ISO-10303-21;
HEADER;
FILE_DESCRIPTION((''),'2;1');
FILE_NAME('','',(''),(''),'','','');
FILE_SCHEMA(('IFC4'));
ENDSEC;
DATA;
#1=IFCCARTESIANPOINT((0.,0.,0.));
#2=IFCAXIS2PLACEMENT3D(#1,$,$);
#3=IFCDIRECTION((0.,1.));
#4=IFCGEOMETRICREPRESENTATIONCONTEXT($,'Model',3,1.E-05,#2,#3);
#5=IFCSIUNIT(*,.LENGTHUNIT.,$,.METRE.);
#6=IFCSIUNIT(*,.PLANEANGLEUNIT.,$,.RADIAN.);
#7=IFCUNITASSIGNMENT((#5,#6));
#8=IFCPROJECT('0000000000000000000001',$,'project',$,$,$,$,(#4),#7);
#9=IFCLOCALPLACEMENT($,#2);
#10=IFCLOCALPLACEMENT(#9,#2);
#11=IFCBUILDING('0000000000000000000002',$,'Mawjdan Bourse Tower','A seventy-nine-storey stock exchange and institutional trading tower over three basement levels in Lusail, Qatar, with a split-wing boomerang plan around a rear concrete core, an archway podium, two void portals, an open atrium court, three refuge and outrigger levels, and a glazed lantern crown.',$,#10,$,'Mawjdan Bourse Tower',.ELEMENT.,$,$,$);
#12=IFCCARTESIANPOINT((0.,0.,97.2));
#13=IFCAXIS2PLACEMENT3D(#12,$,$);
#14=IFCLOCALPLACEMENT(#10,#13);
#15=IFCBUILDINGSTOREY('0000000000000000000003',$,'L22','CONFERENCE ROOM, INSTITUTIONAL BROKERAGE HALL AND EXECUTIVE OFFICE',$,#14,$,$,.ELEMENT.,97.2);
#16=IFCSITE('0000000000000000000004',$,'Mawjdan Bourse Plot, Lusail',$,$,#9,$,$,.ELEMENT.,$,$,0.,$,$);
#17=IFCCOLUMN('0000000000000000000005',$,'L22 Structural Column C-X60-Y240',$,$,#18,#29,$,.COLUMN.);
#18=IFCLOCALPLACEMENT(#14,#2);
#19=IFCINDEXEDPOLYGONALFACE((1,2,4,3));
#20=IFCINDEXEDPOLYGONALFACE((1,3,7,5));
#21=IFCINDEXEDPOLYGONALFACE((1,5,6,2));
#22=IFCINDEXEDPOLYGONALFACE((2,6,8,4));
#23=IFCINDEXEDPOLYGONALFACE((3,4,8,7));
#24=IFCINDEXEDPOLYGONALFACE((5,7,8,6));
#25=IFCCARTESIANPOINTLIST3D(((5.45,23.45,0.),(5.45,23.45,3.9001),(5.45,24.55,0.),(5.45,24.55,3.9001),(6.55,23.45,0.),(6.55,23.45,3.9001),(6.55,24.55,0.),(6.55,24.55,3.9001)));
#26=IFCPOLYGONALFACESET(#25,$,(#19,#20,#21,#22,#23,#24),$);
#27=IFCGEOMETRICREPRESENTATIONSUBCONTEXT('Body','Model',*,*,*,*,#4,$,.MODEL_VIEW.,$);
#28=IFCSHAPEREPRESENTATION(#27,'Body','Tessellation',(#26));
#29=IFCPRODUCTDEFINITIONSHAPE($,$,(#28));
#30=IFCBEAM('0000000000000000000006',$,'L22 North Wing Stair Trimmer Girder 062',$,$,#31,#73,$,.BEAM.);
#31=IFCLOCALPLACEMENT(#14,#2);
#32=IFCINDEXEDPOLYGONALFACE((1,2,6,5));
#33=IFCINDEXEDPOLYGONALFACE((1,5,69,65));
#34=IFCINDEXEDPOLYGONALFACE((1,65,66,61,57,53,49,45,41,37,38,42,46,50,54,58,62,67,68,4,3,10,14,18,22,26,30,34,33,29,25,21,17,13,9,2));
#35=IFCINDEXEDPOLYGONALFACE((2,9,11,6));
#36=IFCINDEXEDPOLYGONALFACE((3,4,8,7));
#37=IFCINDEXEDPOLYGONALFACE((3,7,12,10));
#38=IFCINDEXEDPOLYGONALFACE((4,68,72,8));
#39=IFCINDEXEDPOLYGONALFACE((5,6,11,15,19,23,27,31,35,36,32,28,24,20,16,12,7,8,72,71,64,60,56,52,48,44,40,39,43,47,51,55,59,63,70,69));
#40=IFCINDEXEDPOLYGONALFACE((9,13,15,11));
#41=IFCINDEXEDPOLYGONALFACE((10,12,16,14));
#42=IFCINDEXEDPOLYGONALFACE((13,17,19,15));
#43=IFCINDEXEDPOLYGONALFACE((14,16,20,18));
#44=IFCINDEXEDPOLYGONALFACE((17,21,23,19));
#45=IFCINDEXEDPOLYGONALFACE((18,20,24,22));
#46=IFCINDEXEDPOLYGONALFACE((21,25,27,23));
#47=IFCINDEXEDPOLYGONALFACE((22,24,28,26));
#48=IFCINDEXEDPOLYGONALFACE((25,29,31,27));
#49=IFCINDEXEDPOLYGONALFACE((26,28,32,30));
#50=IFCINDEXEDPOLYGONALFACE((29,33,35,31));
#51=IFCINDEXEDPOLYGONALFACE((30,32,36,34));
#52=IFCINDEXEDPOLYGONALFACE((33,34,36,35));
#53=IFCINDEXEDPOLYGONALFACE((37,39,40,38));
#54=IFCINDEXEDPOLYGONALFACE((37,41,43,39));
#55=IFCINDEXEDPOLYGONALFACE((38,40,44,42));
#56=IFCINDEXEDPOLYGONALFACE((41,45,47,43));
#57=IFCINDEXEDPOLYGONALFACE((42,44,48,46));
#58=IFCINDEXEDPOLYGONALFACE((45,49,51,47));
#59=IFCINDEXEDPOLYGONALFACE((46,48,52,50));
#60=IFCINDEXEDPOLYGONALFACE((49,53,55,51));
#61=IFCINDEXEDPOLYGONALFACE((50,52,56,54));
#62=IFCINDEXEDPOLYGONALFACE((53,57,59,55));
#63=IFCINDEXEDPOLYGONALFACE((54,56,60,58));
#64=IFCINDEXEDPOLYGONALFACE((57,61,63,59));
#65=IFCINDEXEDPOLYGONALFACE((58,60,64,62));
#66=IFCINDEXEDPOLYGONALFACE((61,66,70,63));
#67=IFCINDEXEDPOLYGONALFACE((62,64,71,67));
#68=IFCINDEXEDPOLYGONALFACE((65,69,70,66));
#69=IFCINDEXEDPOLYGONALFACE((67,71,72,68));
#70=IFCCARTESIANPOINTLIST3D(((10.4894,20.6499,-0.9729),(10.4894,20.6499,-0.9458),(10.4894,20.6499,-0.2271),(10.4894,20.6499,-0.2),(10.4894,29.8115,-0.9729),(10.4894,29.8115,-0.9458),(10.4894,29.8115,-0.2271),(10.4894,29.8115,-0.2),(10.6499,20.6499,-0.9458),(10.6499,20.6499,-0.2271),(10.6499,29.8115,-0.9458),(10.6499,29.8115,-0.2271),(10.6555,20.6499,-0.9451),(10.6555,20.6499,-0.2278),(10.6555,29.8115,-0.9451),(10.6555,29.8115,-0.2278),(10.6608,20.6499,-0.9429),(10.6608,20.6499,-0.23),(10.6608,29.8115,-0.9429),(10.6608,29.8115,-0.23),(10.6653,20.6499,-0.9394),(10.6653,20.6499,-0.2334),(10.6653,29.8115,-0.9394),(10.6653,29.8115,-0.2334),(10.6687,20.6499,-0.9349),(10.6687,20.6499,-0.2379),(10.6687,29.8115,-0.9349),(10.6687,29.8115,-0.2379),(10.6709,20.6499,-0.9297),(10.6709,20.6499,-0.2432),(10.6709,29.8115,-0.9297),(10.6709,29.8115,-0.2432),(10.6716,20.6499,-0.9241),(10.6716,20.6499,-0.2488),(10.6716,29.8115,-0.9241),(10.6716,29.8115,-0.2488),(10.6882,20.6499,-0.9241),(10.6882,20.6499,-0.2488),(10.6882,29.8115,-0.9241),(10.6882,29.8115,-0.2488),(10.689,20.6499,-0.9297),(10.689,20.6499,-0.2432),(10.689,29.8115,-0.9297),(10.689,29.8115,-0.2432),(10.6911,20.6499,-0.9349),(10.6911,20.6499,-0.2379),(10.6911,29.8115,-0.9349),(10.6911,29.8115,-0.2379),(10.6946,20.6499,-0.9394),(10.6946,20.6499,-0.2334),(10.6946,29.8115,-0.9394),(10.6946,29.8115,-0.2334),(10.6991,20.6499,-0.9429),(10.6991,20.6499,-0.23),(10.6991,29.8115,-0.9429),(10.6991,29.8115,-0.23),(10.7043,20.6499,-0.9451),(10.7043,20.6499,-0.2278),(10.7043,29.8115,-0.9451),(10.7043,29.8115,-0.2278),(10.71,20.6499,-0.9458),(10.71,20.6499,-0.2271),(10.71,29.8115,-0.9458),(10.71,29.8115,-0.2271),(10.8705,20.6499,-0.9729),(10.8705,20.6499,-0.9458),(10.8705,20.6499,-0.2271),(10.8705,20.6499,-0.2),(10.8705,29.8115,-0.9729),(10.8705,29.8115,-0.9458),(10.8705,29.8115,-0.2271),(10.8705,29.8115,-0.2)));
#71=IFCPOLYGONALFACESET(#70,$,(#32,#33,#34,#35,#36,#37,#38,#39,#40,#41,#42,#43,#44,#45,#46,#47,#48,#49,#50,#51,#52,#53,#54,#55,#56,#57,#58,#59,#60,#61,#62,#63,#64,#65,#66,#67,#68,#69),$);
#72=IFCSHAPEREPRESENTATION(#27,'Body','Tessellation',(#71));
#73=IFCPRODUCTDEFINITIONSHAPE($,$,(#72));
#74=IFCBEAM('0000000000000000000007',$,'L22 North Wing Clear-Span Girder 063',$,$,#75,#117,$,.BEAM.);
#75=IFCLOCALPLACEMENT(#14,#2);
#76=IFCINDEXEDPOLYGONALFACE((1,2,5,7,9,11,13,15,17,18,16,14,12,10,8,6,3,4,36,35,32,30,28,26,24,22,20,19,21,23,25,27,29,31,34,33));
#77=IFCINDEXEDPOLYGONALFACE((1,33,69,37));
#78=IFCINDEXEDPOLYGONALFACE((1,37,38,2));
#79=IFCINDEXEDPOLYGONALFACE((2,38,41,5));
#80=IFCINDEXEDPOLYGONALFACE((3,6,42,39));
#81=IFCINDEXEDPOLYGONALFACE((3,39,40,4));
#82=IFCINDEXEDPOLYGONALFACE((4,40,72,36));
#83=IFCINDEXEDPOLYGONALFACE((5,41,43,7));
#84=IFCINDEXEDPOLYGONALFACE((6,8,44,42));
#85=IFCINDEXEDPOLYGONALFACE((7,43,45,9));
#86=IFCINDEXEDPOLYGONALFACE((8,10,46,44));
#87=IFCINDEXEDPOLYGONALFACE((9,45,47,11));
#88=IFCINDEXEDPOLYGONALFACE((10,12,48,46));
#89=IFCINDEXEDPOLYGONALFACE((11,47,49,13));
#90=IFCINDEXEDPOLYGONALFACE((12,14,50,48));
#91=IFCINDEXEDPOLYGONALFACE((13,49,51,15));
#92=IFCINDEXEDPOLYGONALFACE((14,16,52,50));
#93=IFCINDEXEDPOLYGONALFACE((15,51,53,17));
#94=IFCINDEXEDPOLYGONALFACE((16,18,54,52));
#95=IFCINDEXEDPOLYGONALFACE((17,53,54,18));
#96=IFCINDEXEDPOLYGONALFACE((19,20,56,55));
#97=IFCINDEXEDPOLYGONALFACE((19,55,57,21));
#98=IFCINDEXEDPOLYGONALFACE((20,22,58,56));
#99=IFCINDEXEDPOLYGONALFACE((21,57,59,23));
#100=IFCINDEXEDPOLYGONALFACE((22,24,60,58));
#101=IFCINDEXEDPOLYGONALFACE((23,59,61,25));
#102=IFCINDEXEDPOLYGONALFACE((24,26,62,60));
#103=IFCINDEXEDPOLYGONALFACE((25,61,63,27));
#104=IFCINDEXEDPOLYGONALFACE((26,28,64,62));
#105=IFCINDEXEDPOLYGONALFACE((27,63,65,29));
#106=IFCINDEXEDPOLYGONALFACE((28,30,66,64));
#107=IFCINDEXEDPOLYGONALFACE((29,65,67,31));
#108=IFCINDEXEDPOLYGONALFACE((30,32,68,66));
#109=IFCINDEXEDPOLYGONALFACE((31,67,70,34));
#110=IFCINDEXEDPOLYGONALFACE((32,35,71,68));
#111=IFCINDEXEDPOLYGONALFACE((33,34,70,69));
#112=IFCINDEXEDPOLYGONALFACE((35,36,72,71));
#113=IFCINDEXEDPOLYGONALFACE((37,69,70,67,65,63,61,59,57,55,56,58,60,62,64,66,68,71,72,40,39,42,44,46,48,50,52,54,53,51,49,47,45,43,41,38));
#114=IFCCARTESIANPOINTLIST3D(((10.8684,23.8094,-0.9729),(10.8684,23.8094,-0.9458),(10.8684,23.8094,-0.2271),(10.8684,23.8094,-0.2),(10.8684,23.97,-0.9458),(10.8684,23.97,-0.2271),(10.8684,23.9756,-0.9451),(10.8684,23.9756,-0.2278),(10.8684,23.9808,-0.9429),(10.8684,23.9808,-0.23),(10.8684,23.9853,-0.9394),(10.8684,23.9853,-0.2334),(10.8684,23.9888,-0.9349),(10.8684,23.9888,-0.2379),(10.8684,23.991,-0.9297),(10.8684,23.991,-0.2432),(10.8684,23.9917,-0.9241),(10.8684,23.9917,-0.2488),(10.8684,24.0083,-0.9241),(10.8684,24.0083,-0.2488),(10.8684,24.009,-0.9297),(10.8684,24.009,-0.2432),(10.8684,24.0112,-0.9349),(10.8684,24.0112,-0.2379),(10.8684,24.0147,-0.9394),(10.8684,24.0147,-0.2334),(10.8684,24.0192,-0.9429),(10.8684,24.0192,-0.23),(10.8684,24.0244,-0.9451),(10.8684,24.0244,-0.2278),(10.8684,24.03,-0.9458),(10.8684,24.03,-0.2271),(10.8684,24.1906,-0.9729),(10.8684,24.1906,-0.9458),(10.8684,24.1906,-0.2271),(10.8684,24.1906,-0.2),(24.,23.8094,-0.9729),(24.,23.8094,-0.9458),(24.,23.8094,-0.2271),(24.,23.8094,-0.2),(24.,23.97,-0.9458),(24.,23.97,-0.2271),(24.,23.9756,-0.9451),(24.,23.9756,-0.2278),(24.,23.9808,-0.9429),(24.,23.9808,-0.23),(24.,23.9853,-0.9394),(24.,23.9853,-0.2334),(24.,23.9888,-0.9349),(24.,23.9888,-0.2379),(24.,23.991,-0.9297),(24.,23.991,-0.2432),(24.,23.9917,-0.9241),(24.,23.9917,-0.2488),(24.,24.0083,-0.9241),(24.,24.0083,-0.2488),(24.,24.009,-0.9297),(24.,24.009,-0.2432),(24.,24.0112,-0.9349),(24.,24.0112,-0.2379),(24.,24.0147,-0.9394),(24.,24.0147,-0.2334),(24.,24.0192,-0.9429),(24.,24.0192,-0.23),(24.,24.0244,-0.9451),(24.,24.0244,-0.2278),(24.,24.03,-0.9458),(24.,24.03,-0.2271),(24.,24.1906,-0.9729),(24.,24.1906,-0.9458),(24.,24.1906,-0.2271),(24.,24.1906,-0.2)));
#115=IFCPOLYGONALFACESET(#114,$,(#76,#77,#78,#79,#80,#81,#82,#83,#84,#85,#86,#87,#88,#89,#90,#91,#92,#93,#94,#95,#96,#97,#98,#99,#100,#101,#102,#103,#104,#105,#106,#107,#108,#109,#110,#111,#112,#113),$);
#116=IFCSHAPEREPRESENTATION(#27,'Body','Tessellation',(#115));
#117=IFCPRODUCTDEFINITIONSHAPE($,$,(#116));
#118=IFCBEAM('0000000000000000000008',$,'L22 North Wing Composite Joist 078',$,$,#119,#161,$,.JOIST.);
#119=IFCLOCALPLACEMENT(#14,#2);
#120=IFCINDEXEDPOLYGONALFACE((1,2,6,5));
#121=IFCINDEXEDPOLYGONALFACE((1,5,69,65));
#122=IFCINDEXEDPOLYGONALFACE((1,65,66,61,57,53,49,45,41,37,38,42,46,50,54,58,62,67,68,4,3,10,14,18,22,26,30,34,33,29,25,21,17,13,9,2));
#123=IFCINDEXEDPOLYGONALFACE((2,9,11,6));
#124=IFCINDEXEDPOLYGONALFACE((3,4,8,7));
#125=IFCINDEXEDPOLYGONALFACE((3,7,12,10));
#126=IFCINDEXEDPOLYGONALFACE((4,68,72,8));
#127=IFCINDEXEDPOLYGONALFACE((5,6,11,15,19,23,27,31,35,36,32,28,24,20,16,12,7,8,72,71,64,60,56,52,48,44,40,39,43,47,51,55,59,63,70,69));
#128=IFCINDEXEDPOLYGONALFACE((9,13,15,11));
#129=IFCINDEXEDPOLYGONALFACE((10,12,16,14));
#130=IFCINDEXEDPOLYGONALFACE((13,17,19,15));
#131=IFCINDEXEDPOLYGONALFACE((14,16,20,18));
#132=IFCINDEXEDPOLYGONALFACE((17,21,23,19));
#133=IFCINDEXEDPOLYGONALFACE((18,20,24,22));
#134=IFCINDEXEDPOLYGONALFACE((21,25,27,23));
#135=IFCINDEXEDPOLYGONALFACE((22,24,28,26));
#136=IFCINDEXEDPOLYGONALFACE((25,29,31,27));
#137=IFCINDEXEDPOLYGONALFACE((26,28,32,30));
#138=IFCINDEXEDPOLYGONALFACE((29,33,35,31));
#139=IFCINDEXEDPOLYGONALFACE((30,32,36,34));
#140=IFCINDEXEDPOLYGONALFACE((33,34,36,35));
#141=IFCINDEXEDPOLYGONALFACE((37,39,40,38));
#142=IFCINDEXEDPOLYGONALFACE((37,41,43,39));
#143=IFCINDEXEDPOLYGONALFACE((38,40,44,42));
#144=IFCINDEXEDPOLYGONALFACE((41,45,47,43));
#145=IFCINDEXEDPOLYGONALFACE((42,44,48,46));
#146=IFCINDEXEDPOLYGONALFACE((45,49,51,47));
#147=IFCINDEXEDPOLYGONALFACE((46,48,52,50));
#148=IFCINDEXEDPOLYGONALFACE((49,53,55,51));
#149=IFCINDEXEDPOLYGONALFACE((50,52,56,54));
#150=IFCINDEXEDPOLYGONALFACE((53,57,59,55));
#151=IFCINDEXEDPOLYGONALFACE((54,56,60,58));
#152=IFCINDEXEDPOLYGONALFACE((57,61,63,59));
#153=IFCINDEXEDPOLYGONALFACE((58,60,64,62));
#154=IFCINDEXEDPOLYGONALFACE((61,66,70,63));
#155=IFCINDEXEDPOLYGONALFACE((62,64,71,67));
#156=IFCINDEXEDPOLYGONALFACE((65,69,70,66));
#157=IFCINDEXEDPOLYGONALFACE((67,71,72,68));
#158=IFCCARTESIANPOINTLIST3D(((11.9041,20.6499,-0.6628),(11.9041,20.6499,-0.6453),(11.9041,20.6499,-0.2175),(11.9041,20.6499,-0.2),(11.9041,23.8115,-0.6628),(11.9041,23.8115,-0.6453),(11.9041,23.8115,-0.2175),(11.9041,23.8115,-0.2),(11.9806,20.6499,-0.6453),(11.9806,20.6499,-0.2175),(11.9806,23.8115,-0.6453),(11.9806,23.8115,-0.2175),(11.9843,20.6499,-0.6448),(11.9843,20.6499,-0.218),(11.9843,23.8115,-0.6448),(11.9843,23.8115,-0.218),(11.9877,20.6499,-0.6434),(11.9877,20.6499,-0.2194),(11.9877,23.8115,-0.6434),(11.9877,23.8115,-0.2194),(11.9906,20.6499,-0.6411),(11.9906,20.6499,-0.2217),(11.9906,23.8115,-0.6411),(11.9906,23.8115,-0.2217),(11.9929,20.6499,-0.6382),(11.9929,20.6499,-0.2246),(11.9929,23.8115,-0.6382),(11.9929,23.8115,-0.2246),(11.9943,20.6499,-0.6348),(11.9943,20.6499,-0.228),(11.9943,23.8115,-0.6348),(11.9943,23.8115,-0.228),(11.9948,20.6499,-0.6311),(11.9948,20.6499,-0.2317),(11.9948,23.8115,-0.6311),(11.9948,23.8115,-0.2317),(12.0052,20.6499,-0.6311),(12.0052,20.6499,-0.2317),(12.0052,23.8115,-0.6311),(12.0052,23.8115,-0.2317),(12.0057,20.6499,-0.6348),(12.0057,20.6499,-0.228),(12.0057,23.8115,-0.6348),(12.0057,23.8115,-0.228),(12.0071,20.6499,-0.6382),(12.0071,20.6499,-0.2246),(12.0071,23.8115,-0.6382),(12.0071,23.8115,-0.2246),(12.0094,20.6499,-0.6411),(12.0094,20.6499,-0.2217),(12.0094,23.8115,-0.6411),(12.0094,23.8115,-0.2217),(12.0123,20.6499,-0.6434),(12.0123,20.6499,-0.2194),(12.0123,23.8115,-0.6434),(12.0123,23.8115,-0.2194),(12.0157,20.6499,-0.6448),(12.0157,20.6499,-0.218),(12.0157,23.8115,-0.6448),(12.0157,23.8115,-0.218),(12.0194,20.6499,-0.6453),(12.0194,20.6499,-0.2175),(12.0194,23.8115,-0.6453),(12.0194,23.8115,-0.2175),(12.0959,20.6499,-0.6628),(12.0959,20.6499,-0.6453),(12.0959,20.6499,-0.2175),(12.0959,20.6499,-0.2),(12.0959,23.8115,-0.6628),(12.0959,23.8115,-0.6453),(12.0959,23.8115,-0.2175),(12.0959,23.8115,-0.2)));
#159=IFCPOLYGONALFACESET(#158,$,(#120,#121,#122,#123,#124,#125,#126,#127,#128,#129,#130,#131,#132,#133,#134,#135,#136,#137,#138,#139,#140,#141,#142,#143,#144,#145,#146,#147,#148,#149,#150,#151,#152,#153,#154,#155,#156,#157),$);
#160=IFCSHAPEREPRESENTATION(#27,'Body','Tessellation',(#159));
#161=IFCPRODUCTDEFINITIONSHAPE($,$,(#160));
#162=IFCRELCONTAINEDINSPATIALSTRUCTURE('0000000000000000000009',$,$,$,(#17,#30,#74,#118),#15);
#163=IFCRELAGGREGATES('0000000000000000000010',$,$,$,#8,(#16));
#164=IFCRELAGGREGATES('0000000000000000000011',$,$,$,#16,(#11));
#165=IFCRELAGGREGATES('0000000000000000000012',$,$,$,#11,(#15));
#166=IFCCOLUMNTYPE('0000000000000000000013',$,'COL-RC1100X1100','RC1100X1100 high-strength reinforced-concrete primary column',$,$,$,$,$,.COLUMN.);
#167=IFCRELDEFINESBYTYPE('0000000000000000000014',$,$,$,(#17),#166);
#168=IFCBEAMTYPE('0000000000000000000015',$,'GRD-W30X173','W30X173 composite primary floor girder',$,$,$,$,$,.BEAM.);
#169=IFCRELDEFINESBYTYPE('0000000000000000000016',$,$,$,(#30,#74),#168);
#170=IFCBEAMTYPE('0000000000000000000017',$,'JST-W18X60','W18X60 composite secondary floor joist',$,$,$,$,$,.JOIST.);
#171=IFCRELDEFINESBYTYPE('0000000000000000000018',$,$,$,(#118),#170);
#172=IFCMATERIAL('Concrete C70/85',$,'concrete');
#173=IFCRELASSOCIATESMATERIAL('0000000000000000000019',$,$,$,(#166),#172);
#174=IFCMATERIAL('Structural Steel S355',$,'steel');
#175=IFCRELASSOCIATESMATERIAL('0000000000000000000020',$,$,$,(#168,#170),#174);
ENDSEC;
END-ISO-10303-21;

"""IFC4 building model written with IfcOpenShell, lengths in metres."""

from ifc_helpers import new_model, si_unit, direction, frame, origin, origin_2d, place, context, subcontext, project, spatial, rectangle, i_section, extrude, material, material_profile, profile_set, type_object, element, save


model = new_model("IFC4")

# Units and contexts
model_context = context("Model", 3, precision=1e-05, world=origin(), true_north=direction((0.0, 1.0)))
body_context = subcontext(model_context, "Body", "Model", "MODEL_VIEW")
ifc_project = project(units=[si_unit("LENGTHUNIT", "METRE"), si_unit("PLANEANGLEUNIT", "RADIAN")], contexts=[model_context])

# Site, building, storey
site_placement = place(None, origin())
site = spatial("IfcSite", under=ifc_project, at=site_placement, Name="Mawjdan Bourse Plot, Lusail", CompositionType="ELEMENT", RefElevation=0.0)
building_placement = place(site_placement, origin())
building = spatial("IfcBuilding", under=site, at=building_placement, Name="Mawjdan Bourse Tower", Description="A seventy-nine-storey stock exchange and institutional trading tower over three basement levels in Lusail, Qatar, with a split-wing boomerang plan around a rear concrete core, an archway podium, two void portals, an open atrium court, three refuge and outrigger levels, and a glazed lantern crown.", LongName="Mawjdan Bourse Tower", CompositionType="ELEMENT")
storey_placement = place(building_placement, frame((0.0, 0.0, 97.2)))
storey = spatial("IfcBuildingStorey", under=building, at=storey_placement, Name="L22", Description="CONFERENCE ROOM, INSTITUTIONAL BROKERAGE HALL AND EXECUTIVE OFFICE", CompositionType="ELEMENT", Elevation=97.2)

# Column
ifc_material_1 = material(Name="Concrete C70/85", Category="concrete")
ifc_material_profile_1 = material_profile(ifc_material_1, rectangle(XDim=1.1001, YDim=1.1001, at=origin_2d()), Name="RC1100X1100")
ifc_profile_set_1 = profile_set([ifc_material_profile_1], Name="Concrete C70/85")
column_type = type_object("IfcColumnType", Name="COL-RC1100X1100", Description="RC1100X1100 high-strength reinforced-concrete primary column", PredefinedType="COLUMN", material=ifc_profile_set_1)
column_placement = place(storey_placement, frame((6.0, 24.0, 0.0), z_axis=(0.0, 0.0, 1.0), x_axis=(1.0, 0.0, 0.0)))
element("IfcColumn", 1, at=column_placement, inside=storey, type_object=column_type, Name="L22 Structural Column C-X60-Y240", PredefinedType="COLUMN", context=body_context, shape_type="SweptSolid", body=[
    extrude(rectangle(XDim=1.1001, YDim=1.1001, at=origin_2d()), origin(), (0.0, 0.0, 1.0), 3.9001),
])

# Beams
ifc_material_2 = material(Name="Structural Steel S355", Category="steel")
ifc_material_profile_2 = material_profile(ifc_material_2, i_section(OverallWidth=0.3811, OverallDepth=0.7729, WebThickness=0.0166, FlangeThickness=0.0271, FilletRadius=0.0217, at=origin_2d()), Name="W30X173")
ifc_profile_set_2 = profile_set([ifc_material_profile_2], Name="Structural Steel S355")
beam_type_1 = type_object("IfcBeamType", Name="GRD-W30X173", Description="W30X173 composite primary floor girder", PredefinedType="BEAM", material=ifc_profile_set_2)
beam_1_placement = place(storey_placement, frame((10.6799, 20.6499, -0.5864), z_axis=(0.0, 1.0, 0.0), x_axis=(-1.0, 0.0, 0.0)))
element("IfcBeam", 2, at=beam_1_placement, inside=storey, type_object=beam_type_1, Name="L22 North Wing Stair Trimmer Girder 062", PredefinedType="BEAM", context=body_context, shape_type="SweptSolid", body=[
    extrude(i_section(OverallWidth=0.3811, OverallDepth=0.7729, WebThickness=0.0166, FlangeThickness=0.0271, FilletRadius=0.0217, at=origin_2d()), origin(), (0.0, 0.0, 1.0), 9.1616),
])
beam_2_placement = place(storey_placement, frame((10.8684, 24.0, -0.5864), z_axis=(1.0, 0.0, 0.0), x_axis=(0.0, 1.0, 0.0)))
element("IfcBeam", 3, at=beam_2_placement, inside=storey, type_object=beam_type_1, Name="L22 North Wing Clear-Span Girder 063", PredefinedType="BEAM", context=body_context, shape_type="SweptSolid", body=[
    extrude(i_section(OverallWidth=0.3811, OverallDepth=0.7729, WebThickness=0.0166, FlangeThickness=0.0271, FilletRadius=0.0217, at=origin_2d()), origin(), (0.0, 0.0, 1.0), 13.1316),
])
ifc_material_profile_3 = material_profile(ifc_material_2, i_section(OverallWidth=0.1919, OverallDepth=0.4629, WebThickness=0.0105, FlangeThickness=0.0176, FilletRadius=0.0142, at=origin_2d()), Name="W18X60")
ifc_profile_set_3 = profile_set([ifc_material_profile_3], Name="Structural Steel S355")
beam_type_2 = type_object("IfcBeamType", Name="JST-W18X60", Description="W18X60 composite secondary floor joist", PredefinedType="JOIST", material=ifc_profile_set_3)
beam_3_placement = place(storey_placement, frame((12.0, 20.6499, -0.4314), z_axis=(0.0, 1.0, 0.0), x_axis=(-1.0, 0.0, 0.0)))
element("IfcBeam", 4, at=beam_3_placement, inside=storey, type_object=beam_type_2, Name="L22 North Wing Composite Joist 078", PredefinedType="JOIST", context=body_context, shape_type="SweptSolid", body=[
    extrude(i_section(OverallWidth=0.1919, OverallDepth=0.4629, WebThickness=0.0105, FlangeThickness=0.0176, FilletRadius=0.0142, at=origin_2d()), origin(), (0.0, 0.0, 1.0), 3.1616),
])

save(model, "model.ifc")
